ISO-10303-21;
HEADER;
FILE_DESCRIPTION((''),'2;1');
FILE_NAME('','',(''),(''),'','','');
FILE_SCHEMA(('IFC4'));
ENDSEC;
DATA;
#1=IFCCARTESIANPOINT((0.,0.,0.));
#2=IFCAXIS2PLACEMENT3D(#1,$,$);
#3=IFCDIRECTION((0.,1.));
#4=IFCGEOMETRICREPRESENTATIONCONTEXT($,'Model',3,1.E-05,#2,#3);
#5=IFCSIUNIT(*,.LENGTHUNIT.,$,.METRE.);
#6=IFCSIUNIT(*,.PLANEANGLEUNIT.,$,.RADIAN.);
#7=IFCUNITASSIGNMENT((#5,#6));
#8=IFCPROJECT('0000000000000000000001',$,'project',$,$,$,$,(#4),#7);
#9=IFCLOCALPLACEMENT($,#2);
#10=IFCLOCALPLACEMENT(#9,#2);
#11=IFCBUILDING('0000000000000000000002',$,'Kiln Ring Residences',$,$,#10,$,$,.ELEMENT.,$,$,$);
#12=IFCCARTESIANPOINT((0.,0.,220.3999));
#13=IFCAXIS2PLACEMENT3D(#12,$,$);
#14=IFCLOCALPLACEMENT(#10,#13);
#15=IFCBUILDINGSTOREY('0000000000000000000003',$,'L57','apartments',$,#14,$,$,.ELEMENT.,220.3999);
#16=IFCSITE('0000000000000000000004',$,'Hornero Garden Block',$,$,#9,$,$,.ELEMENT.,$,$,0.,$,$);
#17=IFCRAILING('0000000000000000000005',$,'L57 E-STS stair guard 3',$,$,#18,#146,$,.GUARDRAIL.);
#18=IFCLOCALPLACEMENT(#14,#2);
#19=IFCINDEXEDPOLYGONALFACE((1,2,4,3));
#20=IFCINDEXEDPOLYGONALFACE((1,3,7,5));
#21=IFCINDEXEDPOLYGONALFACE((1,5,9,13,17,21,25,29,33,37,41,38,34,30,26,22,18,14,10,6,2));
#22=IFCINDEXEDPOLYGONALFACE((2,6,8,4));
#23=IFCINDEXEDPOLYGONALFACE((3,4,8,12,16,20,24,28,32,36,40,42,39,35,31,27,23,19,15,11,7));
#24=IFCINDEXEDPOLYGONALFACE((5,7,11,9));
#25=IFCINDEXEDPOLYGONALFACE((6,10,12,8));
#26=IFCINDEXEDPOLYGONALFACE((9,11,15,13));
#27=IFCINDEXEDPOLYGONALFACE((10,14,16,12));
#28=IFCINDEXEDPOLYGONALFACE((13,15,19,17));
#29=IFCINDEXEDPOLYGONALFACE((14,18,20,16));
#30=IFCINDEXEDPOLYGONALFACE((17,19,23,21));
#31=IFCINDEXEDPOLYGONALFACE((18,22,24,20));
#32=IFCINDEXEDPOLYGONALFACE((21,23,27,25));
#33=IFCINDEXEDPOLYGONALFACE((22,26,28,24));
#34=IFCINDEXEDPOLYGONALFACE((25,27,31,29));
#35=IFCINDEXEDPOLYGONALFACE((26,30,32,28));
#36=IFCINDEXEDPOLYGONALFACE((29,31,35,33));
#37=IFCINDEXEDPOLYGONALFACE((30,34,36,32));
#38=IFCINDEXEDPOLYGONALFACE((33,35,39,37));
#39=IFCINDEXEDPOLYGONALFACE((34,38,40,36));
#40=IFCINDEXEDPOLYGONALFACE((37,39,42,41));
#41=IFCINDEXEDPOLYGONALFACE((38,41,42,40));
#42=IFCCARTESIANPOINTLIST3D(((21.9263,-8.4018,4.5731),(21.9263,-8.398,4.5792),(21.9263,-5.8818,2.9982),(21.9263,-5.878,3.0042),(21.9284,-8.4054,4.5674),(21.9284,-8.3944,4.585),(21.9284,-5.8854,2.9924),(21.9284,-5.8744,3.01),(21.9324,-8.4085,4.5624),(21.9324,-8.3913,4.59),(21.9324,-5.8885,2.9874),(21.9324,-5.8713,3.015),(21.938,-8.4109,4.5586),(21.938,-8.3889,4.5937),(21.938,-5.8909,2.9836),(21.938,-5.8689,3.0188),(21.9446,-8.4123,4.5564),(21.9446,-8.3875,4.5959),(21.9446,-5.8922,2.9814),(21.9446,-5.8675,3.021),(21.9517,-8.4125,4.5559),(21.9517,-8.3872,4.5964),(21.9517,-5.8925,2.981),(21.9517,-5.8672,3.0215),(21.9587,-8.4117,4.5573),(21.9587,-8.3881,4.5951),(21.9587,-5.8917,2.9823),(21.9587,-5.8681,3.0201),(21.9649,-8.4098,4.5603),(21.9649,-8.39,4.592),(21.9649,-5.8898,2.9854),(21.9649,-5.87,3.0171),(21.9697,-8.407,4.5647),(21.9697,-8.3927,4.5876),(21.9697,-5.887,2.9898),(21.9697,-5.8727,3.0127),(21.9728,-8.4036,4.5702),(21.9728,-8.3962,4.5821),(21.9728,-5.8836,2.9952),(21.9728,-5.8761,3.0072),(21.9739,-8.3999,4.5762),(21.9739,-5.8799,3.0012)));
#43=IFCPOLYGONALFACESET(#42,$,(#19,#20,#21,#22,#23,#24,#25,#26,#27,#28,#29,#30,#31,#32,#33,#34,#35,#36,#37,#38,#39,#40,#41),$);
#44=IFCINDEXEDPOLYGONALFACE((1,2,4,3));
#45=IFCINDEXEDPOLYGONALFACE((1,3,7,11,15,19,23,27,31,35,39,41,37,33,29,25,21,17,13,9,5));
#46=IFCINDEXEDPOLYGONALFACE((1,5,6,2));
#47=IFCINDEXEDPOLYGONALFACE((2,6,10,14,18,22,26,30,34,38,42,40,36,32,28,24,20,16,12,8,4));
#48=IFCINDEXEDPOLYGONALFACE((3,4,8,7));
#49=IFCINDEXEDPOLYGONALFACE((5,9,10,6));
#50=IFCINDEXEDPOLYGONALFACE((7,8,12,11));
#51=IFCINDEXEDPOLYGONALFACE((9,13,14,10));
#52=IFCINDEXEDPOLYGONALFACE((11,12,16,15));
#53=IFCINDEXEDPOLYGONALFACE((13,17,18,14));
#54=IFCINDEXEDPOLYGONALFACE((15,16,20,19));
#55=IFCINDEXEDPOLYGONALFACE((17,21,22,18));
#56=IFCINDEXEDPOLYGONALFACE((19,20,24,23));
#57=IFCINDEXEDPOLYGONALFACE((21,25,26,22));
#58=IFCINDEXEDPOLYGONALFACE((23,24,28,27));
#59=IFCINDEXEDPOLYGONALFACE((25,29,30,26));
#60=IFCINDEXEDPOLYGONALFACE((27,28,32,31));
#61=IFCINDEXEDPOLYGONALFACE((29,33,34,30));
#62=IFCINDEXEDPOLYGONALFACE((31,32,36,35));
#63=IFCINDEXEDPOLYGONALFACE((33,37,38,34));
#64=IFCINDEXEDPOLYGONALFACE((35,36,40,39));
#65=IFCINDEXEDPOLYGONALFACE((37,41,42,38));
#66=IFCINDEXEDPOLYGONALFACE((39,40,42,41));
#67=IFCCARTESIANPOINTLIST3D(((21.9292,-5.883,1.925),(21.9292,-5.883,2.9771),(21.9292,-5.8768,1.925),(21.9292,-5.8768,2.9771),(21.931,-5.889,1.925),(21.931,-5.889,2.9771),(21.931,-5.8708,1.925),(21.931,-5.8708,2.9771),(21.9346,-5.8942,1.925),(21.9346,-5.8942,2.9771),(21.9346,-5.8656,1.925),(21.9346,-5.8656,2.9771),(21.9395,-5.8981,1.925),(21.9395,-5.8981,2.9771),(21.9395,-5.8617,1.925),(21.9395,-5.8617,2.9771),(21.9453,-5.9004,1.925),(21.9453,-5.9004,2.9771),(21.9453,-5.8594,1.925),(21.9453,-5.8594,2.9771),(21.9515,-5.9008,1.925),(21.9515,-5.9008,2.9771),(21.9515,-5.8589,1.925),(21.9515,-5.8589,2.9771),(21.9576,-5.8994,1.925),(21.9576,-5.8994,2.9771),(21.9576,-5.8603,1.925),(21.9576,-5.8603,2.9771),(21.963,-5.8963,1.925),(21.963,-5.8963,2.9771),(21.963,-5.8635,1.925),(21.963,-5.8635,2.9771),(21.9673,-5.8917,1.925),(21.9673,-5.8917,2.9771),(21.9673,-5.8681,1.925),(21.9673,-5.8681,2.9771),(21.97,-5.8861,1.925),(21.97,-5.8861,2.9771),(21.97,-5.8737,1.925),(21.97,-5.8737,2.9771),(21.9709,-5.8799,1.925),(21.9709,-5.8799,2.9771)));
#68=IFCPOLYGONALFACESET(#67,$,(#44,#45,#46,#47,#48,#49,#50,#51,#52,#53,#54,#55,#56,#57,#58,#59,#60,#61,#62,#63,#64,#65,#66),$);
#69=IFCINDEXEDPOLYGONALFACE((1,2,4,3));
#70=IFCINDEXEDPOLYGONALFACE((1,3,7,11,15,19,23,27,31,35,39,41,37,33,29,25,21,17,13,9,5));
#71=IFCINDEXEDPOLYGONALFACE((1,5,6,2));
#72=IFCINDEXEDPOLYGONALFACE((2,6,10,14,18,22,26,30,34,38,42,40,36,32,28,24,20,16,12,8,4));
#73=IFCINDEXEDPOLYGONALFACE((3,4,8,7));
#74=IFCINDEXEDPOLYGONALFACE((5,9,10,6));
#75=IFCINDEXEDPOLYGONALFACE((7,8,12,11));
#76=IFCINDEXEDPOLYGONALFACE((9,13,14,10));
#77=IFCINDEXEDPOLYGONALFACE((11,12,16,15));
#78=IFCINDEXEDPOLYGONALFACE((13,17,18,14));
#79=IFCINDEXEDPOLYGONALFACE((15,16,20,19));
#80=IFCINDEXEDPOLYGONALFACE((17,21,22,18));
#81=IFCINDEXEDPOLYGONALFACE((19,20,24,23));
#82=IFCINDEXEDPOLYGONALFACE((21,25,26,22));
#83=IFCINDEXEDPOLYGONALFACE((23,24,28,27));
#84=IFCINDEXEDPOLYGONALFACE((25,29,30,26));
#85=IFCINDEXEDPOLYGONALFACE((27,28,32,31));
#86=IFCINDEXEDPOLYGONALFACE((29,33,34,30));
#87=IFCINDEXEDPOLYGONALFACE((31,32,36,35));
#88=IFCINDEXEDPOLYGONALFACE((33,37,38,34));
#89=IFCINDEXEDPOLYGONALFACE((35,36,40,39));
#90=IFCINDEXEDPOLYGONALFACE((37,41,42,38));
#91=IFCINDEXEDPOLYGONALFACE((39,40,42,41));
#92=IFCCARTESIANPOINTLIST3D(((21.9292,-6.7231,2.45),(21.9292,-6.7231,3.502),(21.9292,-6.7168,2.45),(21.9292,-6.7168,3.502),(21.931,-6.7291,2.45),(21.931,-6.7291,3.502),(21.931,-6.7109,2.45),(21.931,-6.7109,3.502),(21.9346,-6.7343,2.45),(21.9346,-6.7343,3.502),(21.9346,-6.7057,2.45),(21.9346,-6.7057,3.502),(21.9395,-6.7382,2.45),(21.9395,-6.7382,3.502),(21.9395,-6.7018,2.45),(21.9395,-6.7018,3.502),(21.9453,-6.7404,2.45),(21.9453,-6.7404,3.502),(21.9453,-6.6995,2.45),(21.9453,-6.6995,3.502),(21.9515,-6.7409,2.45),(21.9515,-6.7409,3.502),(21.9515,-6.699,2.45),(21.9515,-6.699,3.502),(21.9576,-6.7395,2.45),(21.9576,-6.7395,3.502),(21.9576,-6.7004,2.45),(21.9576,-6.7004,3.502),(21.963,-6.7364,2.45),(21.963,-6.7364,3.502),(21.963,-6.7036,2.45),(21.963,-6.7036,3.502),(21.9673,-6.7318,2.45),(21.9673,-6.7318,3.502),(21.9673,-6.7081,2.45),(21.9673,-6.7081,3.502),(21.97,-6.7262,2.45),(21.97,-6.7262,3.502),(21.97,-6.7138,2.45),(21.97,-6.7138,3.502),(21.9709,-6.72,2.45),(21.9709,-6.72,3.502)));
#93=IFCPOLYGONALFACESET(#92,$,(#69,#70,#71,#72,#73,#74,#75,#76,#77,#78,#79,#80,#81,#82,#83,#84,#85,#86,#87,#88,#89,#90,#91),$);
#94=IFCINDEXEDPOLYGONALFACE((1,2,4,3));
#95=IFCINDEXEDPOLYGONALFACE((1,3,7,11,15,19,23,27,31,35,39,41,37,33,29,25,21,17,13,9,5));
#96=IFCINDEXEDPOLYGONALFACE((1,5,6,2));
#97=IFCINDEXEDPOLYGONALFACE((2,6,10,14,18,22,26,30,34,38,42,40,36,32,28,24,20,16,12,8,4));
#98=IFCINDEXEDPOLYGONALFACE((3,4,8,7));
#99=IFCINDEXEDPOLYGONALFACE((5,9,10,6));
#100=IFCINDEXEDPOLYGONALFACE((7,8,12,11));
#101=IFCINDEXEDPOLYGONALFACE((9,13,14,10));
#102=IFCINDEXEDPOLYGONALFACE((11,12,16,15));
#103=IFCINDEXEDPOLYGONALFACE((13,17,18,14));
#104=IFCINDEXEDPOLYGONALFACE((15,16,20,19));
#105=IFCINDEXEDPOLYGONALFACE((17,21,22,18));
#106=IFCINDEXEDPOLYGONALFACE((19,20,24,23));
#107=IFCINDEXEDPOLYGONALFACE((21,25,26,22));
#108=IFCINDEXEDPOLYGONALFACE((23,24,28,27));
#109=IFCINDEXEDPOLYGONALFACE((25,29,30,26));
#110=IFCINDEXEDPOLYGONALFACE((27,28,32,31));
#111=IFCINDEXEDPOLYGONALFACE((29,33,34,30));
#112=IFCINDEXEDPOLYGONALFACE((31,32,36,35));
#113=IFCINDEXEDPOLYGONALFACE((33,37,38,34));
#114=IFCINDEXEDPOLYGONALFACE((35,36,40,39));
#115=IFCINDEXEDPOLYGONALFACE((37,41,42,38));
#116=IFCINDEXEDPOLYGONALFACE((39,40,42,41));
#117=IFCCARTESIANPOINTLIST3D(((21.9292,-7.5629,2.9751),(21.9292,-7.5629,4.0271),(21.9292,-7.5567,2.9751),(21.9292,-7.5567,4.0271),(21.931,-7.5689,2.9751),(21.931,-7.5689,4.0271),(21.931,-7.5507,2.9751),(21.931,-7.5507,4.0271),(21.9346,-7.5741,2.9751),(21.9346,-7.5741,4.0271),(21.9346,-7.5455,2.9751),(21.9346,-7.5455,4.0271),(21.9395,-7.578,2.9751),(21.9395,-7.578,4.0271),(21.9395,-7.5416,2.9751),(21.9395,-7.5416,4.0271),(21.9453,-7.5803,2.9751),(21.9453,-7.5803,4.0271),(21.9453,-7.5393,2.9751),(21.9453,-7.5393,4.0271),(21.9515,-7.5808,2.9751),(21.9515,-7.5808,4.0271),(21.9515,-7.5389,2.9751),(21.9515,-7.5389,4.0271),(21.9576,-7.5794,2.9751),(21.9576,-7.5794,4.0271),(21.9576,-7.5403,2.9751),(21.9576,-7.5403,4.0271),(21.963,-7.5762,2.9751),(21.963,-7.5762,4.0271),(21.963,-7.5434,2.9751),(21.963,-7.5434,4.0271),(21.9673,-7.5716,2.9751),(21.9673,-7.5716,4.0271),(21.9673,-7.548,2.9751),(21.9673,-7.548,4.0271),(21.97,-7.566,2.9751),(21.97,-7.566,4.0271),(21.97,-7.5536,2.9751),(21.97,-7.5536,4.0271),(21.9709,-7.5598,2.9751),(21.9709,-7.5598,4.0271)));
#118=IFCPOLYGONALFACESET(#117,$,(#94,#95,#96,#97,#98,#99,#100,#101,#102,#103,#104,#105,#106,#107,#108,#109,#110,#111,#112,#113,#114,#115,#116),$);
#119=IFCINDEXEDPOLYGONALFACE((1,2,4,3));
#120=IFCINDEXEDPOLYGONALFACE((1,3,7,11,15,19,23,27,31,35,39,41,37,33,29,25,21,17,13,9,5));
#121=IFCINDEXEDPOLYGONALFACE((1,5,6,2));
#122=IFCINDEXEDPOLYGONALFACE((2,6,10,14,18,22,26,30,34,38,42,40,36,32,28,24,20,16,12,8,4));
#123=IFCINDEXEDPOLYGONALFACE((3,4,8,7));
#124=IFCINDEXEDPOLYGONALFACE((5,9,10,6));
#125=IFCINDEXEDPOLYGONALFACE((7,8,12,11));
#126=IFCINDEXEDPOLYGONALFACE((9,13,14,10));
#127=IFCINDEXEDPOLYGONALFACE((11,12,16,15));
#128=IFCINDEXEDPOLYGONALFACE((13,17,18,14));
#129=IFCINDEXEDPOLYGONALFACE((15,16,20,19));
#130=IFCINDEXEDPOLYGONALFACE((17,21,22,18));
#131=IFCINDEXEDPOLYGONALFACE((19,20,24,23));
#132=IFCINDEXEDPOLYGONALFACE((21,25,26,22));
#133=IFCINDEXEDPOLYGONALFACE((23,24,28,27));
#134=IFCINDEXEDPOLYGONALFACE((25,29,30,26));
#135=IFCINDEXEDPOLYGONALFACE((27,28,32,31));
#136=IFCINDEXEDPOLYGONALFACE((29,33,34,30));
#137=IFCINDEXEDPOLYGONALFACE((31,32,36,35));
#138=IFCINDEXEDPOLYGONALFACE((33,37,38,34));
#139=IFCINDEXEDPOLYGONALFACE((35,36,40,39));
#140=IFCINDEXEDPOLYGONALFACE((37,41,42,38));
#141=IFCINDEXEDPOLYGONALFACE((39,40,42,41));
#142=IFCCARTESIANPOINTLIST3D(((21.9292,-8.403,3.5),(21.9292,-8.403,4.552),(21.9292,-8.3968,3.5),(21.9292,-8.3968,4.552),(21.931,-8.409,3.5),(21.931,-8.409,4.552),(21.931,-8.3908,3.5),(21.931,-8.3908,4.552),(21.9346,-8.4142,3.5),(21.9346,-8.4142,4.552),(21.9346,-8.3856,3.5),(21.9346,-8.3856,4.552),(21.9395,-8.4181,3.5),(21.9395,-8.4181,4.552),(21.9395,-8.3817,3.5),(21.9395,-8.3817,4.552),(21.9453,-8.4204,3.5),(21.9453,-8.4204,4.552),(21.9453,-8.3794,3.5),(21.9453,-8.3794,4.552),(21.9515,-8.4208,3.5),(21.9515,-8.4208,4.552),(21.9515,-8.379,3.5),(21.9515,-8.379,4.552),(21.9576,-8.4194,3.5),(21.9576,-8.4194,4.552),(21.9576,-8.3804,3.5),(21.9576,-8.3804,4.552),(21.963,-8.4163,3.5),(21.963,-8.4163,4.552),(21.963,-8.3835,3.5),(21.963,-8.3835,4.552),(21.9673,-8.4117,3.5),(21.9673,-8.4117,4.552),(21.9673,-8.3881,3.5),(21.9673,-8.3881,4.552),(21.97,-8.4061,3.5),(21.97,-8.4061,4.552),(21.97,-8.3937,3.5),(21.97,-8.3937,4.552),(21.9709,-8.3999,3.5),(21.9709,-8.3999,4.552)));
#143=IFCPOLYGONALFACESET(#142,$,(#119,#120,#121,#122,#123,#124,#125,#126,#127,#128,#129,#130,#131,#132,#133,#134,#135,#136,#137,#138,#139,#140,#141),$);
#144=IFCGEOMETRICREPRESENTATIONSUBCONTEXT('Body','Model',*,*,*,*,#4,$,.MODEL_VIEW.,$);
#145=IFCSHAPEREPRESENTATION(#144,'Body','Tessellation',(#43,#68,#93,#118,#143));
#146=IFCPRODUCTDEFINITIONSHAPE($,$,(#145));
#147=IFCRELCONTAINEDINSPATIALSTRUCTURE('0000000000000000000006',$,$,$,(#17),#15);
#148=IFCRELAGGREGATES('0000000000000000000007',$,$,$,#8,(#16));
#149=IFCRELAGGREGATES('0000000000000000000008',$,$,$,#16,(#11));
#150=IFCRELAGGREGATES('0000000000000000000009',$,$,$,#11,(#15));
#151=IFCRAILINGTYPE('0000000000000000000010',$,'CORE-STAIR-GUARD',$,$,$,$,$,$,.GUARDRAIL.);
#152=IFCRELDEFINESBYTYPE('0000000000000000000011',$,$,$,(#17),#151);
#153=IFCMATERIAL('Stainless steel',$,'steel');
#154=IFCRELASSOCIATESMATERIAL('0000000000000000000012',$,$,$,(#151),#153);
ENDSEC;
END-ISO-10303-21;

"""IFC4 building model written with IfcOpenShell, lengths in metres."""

from ifc_helpers import new_model, si_unit, direction, frame, origin, origin_2d, place, context, subcontext, project, spatial, circle, extrude, material, type_object, element, save


model = new_model("IFC4")

# Units and contexts
model_context = context("Model", 3, precision=1e-05, world=origin(), true_north=direction((0.0, 1.0)))
body_context = subcontext(model_context, "Body", "Model", "MODEL_VIEW")
ifc_project = project(units=[si_unit("LENGTHUNIT", "METRE"), si_unit("PLANEANGLEUNIT", "RADIAN")], contexts=[model_context])

# Site, building, storey
site_placement = place(None, origin())
site = spatial("IfcSite", under=ifc_project, at=site_placement, Name="Hornero Garden Block", CompositionType="ELEMENT", RefElevation=0.0)
building_placement = place(site_placement, origin())
building = spatial("IfcBuilding", under=site, at=building_placement, Name="Kiln Ring Residences", CompositionType="ELEMENT")
storey_placement = place(building_placement, frame((0.0, 0.0, 220.3999)))
storey = spatial("IfcBuildingStorey", under=building, at=storey_placement, Name="L57", Description="apartments", CompositionType="ELEMENT", Elevation=220.3999)

# Railing
ifc_material_1 = material(Name="Stainless steel", Category="steel")
railing_type_1 = type_object("IfcRailingType", Name="CORE-STAIR-GUARD", PredefinedType="GUARDRAIL", material=ifc_material_1)
railing_1_placement = place(storey_placement, frame((21.95, -5.8799, 1.925)))
element("IfcRailing", 1, at=railing_1_placement, inside=storey, type_object=railing_type_1, Name="L57 E-STS stair guard 3", PredefinedType="GUARDRAIL", context=body_context, shape_type="SweptSolid", body=[
    extrude(circle(Radius=0.0239, at=origin_2d()), frame((0.0, 0.0, 1.0762), z_axis=(0.0, -0.848008, 0.529984), x_axis=(1.0, 0.0, 0.0)), (0.0, 0.0, 1.0), 2.9717),
    extrude(circle(Radius=0.021, at=origin_2d()), origin(), (0.0, 0.0, 1.0), 1.052),
    extrude(circle(Radius=0.021, at=origin_2d()), frame((0.0, -0.8401, 0.5249)), (0.0, 0.0, 1.0), 1.052),
    extrude(circle(Radius=0.021, at=origin_2d()), frame((0.0, -1.6799, 1.05)), (0.0, 0.0, 1.0), 1.052),
    extrude(circle(Radius=0.021, at=origin_2d()), frame((0.0, -2.52, 1.575)), (0.0, 0.0, 1.0), 1.052),
])

save(model, "model.ifc")
